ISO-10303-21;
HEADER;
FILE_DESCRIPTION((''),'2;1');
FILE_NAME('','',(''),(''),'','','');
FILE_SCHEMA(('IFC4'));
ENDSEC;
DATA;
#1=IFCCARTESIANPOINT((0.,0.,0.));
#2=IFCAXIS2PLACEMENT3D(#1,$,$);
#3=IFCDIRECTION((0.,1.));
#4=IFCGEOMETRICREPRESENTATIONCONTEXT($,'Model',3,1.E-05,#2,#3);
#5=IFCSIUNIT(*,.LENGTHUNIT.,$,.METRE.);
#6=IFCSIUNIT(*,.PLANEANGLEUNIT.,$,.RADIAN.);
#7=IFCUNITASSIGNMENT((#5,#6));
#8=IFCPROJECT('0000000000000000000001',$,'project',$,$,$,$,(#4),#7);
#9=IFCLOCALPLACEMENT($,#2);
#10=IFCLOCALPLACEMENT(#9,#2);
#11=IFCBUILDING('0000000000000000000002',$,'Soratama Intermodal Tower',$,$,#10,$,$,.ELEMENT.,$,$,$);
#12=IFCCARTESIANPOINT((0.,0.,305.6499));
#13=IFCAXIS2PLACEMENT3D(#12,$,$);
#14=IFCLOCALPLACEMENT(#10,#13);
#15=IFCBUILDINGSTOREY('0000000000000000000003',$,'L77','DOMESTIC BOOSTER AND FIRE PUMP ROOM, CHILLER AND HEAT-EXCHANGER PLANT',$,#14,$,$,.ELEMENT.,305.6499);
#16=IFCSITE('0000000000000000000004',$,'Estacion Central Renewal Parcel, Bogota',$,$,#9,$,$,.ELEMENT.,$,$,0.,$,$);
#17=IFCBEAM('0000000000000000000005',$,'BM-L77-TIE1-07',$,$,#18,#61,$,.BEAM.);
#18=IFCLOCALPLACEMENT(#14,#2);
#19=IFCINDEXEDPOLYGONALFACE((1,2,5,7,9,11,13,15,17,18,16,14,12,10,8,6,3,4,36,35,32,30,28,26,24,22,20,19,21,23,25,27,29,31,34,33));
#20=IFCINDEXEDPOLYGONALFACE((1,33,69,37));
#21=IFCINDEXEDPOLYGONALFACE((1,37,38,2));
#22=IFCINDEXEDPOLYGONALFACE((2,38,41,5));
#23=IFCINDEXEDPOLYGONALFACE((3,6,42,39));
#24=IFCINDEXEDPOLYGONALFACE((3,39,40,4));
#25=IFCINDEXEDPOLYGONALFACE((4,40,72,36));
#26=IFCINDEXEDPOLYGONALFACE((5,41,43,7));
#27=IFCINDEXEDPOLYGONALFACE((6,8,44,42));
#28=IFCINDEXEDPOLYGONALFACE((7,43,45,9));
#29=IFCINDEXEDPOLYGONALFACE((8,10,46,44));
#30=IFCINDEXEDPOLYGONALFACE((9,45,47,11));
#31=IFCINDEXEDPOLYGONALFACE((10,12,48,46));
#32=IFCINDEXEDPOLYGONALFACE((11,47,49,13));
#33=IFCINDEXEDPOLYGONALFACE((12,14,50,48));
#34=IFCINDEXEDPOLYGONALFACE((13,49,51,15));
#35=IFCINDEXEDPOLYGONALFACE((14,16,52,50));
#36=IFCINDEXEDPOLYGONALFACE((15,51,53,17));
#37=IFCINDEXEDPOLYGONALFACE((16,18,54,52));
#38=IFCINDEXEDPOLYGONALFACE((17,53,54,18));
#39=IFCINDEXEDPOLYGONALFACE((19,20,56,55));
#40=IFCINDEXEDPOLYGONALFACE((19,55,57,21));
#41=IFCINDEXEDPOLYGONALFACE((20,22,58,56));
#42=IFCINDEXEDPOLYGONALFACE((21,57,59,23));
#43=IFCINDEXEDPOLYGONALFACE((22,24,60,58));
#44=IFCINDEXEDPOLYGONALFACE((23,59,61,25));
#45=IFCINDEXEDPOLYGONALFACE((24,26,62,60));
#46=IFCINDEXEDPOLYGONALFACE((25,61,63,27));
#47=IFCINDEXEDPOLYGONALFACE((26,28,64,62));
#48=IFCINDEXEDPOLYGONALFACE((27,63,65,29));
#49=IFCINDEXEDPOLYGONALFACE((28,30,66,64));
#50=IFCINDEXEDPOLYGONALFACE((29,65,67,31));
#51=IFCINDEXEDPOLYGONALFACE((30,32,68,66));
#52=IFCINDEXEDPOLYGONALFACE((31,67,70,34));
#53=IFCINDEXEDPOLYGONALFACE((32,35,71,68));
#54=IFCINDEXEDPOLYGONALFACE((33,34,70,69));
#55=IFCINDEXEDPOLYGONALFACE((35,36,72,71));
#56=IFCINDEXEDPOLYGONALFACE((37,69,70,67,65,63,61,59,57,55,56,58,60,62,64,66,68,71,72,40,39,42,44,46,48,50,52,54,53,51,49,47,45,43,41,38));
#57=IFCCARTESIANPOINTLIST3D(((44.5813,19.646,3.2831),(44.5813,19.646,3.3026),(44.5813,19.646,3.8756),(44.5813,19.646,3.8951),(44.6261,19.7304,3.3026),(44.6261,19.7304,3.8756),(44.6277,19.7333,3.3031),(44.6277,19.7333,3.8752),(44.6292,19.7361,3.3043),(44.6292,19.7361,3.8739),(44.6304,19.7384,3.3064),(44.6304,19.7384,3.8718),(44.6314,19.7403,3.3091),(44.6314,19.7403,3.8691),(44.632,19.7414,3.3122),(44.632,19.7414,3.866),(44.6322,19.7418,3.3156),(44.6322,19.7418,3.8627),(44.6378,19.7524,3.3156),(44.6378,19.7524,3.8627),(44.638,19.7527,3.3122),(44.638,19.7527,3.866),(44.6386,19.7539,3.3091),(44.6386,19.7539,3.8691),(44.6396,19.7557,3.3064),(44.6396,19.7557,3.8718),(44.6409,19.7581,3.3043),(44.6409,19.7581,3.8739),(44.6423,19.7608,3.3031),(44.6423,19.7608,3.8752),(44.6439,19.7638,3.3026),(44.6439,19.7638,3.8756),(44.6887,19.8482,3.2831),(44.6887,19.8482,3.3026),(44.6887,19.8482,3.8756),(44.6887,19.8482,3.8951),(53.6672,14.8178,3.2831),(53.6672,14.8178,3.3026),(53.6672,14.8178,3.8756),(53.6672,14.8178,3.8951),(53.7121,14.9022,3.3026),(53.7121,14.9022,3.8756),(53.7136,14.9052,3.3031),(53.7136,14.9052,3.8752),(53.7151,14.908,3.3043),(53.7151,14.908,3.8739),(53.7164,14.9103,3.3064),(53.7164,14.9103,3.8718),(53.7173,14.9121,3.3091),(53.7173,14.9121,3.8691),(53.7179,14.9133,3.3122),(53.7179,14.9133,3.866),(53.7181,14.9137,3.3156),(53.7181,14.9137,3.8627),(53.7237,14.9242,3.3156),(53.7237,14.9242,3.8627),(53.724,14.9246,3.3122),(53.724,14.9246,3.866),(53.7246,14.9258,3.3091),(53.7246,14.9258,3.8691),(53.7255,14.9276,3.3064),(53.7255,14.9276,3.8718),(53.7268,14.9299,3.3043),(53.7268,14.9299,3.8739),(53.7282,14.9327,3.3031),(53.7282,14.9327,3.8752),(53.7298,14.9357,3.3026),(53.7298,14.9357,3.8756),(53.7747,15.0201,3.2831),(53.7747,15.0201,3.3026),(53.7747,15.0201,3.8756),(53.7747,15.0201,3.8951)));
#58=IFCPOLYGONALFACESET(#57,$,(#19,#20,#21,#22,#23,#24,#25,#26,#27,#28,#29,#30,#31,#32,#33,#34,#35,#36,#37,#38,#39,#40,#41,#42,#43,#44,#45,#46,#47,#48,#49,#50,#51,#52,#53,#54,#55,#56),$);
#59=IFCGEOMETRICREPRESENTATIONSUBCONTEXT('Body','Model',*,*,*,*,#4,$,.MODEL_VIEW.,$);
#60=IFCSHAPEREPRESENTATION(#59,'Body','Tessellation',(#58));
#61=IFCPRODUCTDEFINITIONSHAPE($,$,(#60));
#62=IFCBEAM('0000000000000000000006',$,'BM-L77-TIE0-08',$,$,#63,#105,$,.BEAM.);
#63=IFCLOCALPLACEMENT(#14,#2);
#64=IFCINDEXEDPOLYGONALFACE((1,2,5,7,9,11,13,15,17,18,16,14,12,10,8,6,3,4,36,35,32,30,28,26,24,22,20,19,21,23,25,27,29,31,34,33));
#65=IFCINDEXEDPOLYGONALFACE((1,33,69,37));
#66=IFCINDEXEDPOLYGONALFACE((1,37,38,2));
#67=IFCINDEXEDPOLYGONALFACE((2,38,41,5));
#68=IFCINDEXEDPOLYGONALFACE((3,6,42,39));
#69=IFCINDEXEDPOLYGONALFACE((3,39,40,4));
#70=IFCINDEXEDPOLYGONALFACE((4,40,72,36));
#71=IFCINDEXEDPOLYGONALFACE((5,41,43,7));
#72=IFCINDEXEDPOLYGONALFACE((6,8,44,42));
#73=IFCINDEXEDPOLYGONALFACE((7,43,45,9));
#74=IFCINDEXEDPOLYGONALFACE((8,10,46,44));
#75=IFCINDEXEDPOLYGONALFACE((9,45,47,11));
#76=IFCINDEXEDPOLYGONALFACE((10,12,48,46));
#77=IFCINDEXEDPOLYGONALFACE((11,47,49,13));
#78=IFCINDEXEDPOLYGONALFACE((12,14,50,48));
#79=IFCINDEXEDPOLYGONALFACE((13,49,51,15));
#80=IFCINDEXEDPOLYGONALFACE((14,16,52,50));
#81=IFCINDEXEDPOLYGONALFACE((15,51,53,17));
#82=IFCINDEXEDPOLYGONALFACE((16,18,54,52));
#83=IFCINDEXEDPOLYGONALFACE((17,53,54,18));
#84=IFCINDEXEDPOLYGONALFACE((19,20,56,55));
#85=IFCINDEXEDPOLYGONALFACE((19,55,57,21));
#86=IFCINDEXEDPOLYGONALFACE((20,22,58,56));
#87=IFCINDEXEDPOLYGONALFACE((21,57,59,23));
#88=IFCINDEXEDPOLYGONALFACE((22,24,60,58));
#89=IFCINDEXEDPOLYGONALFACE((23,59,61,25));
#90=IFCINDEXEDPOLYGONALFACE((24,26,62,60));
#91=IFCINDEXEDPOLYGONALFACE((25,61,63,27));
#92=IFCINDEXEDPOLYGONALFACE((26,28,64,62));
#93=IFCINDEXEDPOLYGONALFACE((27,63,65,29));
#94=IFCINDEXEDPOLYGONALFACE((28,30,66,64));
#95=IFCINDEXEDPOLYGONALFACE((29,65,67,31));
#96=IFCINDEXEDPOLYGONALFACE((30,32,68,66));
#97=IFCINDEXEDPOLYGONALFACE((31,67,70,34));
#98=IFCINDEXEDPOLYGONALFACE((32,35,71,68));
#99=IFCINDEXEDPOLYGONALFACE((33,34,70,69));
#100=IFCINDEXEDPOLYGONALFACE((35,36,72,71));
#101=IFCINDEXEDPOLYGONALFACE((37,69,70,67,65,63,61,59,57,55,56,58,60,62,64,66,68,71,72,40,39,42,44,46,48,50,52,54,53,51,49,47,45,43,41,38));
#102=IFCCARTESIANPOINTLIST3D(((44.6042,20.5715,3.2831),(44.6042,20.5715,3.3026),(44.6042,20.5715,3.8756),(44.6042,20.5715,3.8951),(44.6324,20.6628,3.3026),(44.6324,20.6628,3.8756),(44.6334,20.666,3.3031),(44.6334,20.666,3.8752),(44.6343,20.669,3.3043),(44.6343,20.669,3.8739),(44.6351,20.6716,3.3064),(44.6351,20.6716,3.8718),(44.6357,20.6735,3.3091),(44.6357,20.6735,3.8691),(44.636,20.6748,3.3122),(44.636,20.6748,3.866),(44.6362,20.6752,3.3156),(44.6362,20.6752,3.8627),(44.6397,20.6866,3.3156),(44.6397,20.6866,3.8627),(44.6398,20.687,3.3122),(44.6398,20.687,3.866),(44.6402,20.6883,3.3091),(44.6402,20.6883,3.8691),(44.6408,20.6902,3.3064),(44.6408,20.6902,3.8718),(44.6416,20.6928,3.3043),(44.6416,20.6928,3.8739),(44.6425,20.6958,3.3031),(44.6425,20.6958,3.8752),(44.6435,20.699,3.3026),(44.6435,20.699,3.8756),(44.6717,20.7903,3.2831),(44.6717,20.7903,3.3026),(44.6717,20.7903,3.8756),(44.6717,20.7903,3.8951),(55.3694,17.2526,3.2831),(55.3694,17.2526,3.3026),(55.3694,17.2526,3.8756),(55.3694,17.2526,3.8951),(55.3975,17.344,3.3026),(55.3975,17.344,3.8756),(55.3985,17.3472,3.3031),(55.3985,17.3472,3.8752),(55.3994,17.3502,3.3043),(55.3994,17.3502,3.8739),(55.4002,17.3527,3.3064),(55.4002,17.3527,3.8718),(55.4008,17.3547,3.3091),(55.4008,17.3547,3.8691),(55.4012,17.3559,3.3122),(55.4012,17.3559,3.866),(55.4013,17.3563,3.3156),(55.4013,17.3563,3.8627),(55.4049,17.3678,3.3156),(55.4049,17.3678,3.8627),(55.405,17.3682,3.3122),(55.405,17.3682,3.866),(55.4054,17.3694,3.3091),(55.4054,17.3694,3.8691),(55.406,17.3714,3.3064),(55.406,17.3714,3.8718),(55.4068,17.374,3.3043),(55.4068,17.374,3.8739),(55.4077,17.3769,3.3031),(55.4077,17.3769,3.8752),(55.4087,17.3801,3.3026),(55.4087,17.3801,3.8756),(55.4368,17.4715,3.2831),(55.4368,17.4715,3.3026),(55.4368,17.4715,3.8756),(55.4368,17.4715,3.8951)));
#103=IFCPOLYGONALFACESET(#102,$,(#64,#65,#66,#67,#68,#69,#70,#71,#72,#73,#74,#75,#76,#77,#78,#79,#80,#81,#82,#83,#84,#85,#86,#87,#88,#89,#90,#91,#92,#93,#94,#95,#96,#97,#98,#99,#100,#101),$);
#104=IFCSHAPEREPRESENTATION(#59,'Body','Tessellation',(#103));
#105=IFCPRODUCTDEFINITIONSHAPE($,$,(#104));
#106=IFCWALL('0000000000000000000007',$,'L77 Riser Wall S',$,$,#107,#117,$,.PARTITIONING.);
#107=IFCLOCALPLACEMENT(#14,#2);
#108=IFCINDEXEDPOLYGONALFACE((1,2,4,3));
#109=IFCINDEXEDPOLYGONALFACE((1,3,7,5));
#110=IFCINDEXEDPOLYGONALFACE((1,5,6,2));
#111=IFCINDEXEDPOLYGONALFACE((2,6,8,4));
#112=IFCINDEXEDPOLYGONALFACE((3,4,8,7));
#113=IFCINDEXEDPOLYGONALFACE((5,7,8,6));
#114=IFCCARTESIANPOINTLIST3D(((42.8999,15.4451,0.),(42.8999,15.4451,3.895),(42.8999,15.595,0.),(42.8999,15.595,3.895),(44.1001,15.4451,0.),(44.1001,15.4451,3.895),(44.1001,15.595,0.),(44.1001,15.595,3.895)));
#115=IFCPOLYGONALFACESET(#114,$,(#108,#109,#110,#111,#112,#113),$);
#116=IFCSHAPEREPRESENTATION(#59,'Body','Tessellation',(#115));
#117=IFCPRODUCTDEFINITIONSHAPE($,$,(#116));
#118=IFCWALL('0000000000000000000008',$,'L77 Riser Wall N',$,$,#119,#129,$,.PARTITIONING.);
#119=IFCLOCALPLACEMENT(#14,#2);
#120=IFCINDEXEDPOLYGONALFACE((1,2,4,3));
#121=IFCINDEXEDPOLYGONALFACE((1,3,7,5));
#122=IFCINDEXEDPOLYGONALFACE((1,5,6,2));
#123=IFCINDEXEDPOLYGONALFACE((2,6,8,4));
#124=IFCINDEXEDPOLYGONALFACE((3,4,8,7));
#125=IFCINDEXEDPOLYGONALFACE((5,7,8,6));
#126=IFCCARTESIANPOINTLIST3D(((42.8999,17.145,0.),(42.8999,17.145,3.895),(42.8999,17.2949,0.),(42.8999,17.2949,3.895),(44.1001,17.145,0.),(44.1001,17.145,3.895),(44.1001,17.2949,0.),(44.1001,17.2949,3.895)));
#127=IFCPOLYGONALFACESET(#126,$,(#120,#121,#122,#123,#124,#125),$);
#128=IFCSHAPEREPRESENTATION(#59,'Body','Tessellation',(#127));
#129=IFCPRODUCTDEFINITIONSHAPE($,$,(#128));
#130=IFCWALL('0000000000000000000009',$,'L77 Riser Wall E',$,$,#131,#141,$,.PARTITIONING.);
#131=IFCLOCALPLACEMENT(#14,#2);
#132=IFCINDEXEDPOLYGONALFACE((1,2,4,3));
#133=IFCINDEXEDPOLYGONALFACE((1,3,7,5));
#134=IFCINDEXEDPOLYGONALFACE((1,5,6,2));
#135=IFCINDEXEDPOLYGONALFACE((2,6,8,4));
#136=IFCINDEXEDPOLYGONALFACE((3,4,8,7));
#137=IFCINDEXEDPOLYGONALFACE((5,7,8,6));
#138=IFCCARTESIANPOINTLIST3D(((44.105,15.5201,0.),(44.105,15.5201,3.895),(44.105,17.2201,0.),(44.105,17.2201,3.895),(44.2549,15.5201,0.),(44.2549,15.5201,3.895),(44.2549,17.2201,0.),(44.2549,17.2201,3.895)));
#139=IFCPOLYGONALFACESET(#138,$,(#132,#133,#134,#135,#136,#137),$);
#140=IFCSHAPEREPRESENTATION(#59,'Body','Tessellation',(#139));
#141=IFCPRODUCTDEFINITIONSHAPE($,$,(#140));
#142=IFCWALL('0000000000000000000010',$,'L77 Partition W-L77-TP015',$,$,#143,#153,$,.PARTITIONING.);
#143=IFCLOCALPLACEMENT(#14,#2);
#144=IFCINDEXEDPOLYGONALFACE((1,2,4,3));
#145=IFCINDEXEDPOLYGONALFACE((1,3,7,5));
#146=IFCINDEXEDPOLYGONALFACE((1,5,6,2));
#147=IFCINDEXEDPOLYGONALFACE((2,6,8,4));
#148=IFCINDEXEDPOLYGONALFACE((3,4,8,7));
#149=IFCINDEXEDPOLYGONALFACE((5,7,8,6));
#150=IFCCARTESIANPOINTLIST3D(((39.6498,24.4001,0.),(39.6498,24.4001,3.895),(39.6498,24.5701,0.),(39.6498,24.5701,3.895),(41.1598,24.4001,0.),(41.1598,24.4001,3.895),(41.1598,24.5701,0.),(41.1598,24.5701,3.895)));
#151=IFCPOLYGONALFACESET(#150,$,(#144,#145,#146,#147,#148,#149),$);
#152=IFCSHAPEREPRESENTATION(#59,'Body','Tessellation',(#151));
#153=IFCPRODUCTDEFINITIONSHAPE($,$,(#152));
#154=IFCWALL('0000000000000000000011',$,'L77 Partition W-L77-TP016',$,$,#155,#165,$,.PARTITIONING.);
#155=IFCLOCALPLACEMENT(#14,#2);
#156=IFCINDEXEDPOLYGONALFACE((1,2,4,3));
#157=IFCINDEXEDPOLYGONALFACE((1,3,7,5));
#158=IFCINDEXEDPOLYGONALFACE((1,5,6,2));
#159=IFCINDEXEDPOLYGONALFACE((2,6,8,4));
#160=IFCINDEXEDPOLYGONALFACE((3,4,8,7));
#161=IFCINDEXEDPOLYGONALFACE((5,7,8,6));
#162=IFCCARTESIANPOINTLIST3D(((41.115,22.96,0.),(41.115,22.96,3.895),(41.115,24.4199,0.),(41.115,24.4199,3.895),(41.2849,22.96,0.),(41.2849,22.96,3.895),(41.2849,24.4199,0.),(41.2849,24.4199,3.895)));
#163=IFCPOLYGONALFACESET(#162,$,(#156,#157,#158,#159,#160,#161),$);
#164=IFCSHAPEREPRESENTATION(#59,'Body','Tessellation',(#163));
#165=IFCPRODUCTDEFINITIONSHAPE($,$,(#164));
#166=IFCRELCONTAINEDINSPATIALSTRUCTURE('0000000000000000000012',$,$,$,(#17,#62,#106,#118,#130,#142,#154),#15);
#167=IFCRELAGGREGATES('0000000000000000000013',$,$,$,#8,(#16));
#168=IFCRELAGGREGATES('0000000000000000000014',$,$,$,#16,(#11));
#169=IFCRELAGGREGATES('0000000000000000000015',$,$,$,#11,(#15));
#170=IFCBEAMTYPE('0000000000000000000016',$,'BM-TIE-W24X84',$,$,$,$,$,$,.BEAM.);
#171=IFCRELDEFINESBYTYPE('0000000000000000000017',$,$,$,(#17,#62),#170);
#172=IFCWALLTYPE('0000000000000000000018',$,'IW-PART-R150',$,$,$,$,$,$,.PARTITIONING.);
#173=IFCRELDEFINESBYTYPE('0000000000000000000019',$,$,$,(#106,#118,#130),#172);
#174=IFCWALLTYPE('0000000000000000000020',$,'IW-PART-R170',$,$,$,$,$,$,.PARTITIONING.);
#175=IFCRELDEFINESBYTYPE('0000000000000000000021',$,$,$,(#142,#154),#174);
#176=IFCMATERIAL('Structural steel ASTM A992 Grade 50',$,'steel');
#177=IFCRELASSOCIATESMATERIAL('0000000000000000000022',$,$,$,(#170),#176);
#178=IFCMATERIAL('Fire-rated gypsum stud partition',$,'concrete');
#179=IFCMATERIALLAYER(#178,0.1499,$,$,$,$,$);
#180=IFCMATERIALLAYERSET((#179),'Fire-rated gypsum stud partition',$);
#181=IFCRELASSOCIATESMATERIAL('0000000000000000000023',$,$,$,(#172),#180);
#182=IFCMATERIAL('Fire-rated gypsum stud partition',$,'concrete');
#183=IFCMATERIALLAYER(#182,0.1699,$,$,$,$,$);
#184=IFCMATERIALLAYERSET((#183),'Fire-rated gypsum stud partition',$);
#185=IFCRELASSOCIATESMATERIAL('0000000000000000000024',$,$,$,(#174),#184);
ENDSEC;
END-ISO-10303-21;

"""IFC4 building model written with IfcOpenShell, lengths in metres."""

from ifc_helpers import new_model, si_unit, direction, frame, frame_2d, origin, origin_2d, place, context, subcontext, project, spatial, rectangle, i_section, extrude, material, layer, layer_set, material_profile, profile_set, type_object, element, save


model = new_model("IFC4")

# Units and contexts
model_context = context("Model", 3, precision=1e-05, world=origin(), true_north=direction((0.0, 1.0)))
body_context = subcontext(model_context, "Body", "Model", "MODEL_VIEW")
ifc_project = project(units=[si_unit("LENGTHUNIT", "METRE"), si_unit("PLANEANGLEUNIT", "RADIAN")], contexts=[model_context])

# Site, building, storey
site_placement = place(None, origin())
site = spatial("IfcSite", under=ifc_project, at=site_placement, Name="Estacion Central Renewal Parcel, Bogota", CompositionType="ELEMENT", RefElevation=0.0)
building_placement = place(site_placement, origin())
building = spatial("IfcBuilding", under=site, at=building_placement, Name="Soratama Intermodal Tower", CompositionType="ELEMENT")
storey_placement = place(building_placement, frame((0.0, 0.0, 305.6499)))
storey = spatial("IfcBuildingStorey", under=building, at=storey_placement, Name="L77", Description="DOMESTIC BOOSTER AND FIRE PUMP ROOM, CHILLER AND HEAT-EXCHANGER PLANT", CompositionType="ELEMENT", Elevation=305.6499)

# Beams
ifc_material_1 = material(Name="Structural steel ASTM A992 Grade 50", Category="steel")
ifc_material_profile_1 = material_profile(ifc_material_1, i_section(OverallWidth=0.229, OverallDepth=0.6121, WebThickness=0.012, FlangeThickness=0.0195, FilletRadius=0.0129, at=origin_2d()), Name="W24X84")
ifc_profile_set_1 = profile_set([ifc_material_profile_1], Name="Structural steel ASTM A992 Grade 50")
beam_type_1 = type_object("IfcBeamType", Name="BM-TIE-W24X84", PredefinedType="BEAM", material=ifc_profile_set_1)
beam_1_placement = place(storey_placement, frame((44.635, 19.7471, 3.5891), z_axis=(0.883067, -0.469248, 0.0), x_axis=(0.469248, 0.883067, 0.0)))
element("IfcBeam", 1, at=beam_1_placement, inside=storey, type_object=beam_type_1, Name="BM-L77-TIE1-07", PredefinedType="BEAM", context=body_context, shape_type="SweptSolid", body=[
    extrude(i_section(OverallWidth=0.229, OverallDepth=0.6121, WebThickness=0.012, FlangeThickness=0.0195, FilletRadius=0.0129, at=origin_2d()), origin(), (0.0, 0.0, 1.0), 10.2891),
])
beam_2_placement = place(storey_placement, frame((44.6379, 20.6809, 3.5891), z_axis=(0.955617, -0.294613, 0.0), x_axis=(0.294613, 0.955617, 0.0)))
element("IfcBeam", 2, at=beam_2_placement, inside=storey, type_object=beam_type_1, Name="BM-L77-TIE0-08", PredefinedType="BEAM", context=body_context, shape_type="SweptSolid", body=[
    extrude(i_section(OverallWidth=0.229, OverallDepth=0.6121, WebThickness=0.012, FlangeThickness=0.0195, FilletRadius=0.0129, at=origin_2d()), origin(), (0.0, 0.0, 1.0), 11.2651),
])

# Walls
ifc_material_2 = material(Name="Fire-rated gypsum stud partition", Category="concrete")
ifc_layer_1 = layer(ifc_material_2, 0.1499)
ifc_layer_set_1 = layer_set([ifc_layer_1], Name="Fire-rated gypsum stud partition")
wall_type_1 = type_object("IfcWallType", Name="IW-PART-R150", PredefinedType="PARTITIONING", material=ifc_layer_set_1)
for number, where, z_axis, x_axis, name in (
    (3, (42.8999, 15.52, 0.0), (0.0, 0.0, 1.0), (1.0, 0.0, 0.0), "L77 Riser Wall S"),
    (4, (42.8999, 17.22, 0.0), (0.0, 0.0, 1.0), (1.0, 0.0, 0.0), "L77 Riser Wall N"),
):
    element("IfcWall", number, at=place(storey_placement, frame(where, z_axis=z_axis, x_axis=x_axis)), inside=storey, type_object=wall_type_1, Name=name, PredefinedType="PARTITIONING", context=body_context, shape_type="SweptSolid", body=[
        extrude(rectangle(XDim=1.2002, YDim=0.1499, at=frame_2d((0.6001, 0.0))), origin(), (0.0, 0.0, 1.0), 3.895),
    ])
wall_1_placement = place(storey_placement, frame((44.1799, 15.52, 0.0), z_axis=(0.0, 0.0, 1.0), x_axis=(0.0, 1.0, 0.0)))
element("IfcWall", 5, at=wall_1_placement, inside=storey, type_object=wall_type_1, Name="L77 Riser Wall E", PredefinedType="PARTITIONING", context=body_context, shape_type="SweptSolid", body=[
    extrude(rectangle(XDim=1.7, YDim=0.1499, at=frame_2d((0.8501, 0.0))), origin(), (0.0, 0.0, 1.0), 3.895),
])

# Shared definitions
ifc_material_3 = material(Name="Fire-rated gypsum stud partition", Category="concrete")
ifc_layer_2 = layer(ifc_material_3, 0.1699)
ifc_layer_set_2 = layer_set([ifc_layer_2], Name="Fire-rated gypsum stud partition")
wall_type_2 = type_object("IfcWallType", Name="IW-PART-R170", PredefinedType="PARTITIONING", material=ifc_layer_set_2)

# Walls
wall_2_placement = place(storey_placement, frame((39.6499, 24.4851, 0.0), z_axis=(0.0, 0.0, 1.0), x_axis=(1.0, 0.0, 0.0)))
element("IfcWall", 6, at=wall_2_placement, inside=storey, type_object=wall_type_2, Name="L77 Partition W-L77-TP015", PredefinedType="PARTITIONING", context=body_context, shape_type="SweptSolid", body=[
    extrude(rectangle(XDim=1.51, YDim=0.1699, at=frame_2d((0.7549, 0.0))), origin(), (0.0, 0.0, 1.0), 3.895),
])
wall_3_placement = place(storey_placement, frame((41.2, 22.96, 0.0), z_axis=(0.0, 0.0, 1.0), x_axis=(0.0, 1.0, 0.0)))
element("IfcWall", 7, at=wall_3_placement, inside=storey, type_object=wall_type_2, Name="L77 Partition W-L77-TP016", PredefinedType="PARTITIONING", context=body_context, shape_type="SweptSolid", body=[
    extrude(rectangle(XDim=1.46, YDim=0.1699, at=frame_2d((0.73, 0.0))), origin(), (0.0, 0.0, 1.0), 3.895),
])

save(model, "model.ifc")
